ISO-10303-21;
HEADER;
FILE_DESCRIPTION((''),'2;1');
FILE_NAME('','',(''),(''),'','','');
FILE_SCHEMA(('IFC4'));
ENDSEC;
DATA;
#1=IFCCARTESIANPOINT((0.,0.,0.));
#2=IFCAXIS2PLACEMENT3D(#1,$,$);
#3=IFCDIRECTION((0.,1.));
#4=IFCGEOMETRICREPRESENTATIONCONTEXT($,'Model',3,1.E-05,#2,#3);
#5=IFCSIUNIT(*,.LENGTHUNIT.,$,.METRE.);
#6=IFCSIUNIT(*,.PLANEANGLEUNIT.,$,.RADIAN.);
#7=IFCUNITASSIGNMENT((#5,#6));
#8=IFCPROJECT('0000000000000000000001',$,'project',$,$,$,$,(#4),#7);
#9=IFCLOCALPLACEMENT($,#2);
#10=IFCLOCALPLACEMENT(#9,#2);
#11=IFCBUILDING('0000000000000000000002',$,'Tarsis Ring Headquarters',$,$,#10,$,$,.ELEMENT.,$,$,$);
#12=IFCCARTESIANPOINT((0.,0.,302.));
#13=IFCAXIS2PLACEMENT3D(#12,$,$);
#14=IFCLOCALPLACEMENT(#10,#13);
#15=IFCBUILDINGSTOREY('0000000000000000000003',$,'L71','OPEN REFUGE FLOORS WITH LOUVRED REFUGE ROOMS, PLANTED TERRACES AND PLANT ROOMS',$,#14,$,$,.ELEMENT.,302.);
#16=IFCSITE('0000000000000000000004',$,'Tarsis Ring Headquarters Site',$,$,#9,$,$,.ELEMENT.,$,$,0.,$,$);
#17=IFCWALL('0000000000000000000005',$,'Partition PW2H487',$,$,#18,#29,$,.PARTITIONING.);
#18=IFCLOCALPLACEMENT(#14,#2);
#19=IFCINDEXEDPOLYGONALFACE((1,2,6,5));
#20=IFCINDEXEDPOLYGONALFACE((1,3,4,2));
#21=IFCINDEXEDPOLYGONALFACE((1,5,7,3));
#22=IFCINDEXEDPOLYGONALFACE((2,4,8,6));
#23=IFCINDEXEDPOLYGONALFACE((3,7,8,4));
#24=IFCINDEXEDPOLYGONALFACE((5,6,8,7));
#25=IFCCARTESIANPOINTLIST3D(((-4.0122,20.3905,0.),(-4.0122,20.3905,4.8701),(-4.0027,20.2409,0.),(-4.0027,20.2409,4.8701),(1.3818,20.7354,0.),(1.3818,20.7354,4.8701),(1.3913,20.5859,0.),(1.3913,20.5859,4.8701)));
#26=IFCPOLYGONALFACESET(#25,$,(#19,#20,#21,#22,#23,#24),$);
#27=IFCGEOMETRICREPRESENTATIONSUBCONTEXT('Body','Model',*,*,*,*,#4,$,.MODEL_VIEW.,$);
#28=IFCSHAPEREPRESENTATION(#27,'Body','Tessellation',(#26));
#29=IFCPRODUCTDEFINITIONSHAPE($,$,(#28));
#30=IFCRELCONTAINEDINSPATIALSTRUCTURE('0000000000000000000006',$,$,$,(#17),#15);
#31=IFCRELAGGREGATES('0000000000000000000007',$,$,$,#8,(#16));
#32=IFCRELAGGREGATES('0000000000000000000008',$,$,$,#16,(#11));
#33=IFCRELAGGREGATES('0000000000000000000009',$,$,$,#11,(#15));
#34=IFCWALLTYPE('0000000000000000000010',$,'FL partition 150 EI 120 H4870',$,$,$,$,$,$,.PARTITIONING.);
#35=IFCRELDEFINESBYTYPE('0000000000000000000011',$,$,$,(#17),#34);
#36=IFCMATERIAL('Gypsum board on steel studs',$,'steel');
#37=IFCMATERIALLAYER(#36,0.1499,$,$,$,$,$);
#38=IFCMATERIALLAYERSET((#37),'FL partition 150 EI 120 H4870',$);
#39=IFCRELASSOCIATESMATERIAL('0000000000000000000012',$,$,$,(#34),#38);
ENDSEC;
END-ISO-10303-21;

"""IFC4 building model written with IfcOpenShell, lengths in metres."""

from ifc_helpers import new_model, si_unit, direction, frame, frame_2d, origin, place, context, subcontext, project, spatial, rectangle, extrude, material, layer, layer_set, type_object, element, save


model = new_model("IFC4")

# Units and contexts
model_context = context("Model", 3, precision=1e-05, world=origin(), true_north=direction((0.0, 1.0)))
body_context = subcontext(model_context, "Body", "Model", "MODEL_VIEW")
ifc_project = project(units=[si_unit("LENGTHUNIT", "METRE"), si_unit("PLANEANGLEUNIT", "RADIAN")], contexts=[model_context])

# Site, building, storey
site_placement = place(None, origin())
site = spatial("IfcSite", under=ifc_project, at=site_placement, Name="Tarsis Ring Headquarters Site", CompositionType="ELEMENT", RefElevation=0.0)
building_placement = place(site_placement, origin())
building = spatial("IfcBuilding", under=site, at=building_placement, Name="Tarsis Ring Headquarters", CompositionType="ELEMENT")
storey_placement = place(building_placement, frame((0.0, 0.0, 302.0)))
storey = spatial("IfcBuildingStorey", under=building, at=storey_placement, Name="L71", Description="OPEN REFUGE FLOORS WITH LOUVRED REFUGE ROOMS, PLANTED TERRACES AND PLANT ROOMS", CompositionType="ELEMENT", Elevation=302.0)

# Wall
ifc_material_1 = material(Name="Gypsum board on steel studs", Category="steel")
ifc_layer = layer(ifc_material_1, 0.1499)
ifc_layer_set = layer_set([ifc_layer], Name="FL partition 150 EI 120 H4870")
wall_type = type_object("IfcWallType", Name="FL partition 150 EI 120 H4870", PredefinedType="PARTITIONING", material=ifc_layer_set)
wall_placement = place(storey_placement, frame((-4.0076, 20.3157, 0.0), z_axis=(0.0, 0.0, 1.0), x_axis=(0.997961, 0.063824, 0.0)))
element("IfcWall", 1, at=wall_placement, inside=storey, type_object=wall_type, Name="Partition PW2H487", PredefinedType="PARTITIONING", context=body_context, shape_type="SweptSolid", body=[
    extrude(rectangle(XDim=5.405, YDim=0.1499, at=frame_2d((2.7026, 0.0))), origin(), (0.0, 0.0, 1.0), 4.8701),
])

save(model, "model.ifc")
